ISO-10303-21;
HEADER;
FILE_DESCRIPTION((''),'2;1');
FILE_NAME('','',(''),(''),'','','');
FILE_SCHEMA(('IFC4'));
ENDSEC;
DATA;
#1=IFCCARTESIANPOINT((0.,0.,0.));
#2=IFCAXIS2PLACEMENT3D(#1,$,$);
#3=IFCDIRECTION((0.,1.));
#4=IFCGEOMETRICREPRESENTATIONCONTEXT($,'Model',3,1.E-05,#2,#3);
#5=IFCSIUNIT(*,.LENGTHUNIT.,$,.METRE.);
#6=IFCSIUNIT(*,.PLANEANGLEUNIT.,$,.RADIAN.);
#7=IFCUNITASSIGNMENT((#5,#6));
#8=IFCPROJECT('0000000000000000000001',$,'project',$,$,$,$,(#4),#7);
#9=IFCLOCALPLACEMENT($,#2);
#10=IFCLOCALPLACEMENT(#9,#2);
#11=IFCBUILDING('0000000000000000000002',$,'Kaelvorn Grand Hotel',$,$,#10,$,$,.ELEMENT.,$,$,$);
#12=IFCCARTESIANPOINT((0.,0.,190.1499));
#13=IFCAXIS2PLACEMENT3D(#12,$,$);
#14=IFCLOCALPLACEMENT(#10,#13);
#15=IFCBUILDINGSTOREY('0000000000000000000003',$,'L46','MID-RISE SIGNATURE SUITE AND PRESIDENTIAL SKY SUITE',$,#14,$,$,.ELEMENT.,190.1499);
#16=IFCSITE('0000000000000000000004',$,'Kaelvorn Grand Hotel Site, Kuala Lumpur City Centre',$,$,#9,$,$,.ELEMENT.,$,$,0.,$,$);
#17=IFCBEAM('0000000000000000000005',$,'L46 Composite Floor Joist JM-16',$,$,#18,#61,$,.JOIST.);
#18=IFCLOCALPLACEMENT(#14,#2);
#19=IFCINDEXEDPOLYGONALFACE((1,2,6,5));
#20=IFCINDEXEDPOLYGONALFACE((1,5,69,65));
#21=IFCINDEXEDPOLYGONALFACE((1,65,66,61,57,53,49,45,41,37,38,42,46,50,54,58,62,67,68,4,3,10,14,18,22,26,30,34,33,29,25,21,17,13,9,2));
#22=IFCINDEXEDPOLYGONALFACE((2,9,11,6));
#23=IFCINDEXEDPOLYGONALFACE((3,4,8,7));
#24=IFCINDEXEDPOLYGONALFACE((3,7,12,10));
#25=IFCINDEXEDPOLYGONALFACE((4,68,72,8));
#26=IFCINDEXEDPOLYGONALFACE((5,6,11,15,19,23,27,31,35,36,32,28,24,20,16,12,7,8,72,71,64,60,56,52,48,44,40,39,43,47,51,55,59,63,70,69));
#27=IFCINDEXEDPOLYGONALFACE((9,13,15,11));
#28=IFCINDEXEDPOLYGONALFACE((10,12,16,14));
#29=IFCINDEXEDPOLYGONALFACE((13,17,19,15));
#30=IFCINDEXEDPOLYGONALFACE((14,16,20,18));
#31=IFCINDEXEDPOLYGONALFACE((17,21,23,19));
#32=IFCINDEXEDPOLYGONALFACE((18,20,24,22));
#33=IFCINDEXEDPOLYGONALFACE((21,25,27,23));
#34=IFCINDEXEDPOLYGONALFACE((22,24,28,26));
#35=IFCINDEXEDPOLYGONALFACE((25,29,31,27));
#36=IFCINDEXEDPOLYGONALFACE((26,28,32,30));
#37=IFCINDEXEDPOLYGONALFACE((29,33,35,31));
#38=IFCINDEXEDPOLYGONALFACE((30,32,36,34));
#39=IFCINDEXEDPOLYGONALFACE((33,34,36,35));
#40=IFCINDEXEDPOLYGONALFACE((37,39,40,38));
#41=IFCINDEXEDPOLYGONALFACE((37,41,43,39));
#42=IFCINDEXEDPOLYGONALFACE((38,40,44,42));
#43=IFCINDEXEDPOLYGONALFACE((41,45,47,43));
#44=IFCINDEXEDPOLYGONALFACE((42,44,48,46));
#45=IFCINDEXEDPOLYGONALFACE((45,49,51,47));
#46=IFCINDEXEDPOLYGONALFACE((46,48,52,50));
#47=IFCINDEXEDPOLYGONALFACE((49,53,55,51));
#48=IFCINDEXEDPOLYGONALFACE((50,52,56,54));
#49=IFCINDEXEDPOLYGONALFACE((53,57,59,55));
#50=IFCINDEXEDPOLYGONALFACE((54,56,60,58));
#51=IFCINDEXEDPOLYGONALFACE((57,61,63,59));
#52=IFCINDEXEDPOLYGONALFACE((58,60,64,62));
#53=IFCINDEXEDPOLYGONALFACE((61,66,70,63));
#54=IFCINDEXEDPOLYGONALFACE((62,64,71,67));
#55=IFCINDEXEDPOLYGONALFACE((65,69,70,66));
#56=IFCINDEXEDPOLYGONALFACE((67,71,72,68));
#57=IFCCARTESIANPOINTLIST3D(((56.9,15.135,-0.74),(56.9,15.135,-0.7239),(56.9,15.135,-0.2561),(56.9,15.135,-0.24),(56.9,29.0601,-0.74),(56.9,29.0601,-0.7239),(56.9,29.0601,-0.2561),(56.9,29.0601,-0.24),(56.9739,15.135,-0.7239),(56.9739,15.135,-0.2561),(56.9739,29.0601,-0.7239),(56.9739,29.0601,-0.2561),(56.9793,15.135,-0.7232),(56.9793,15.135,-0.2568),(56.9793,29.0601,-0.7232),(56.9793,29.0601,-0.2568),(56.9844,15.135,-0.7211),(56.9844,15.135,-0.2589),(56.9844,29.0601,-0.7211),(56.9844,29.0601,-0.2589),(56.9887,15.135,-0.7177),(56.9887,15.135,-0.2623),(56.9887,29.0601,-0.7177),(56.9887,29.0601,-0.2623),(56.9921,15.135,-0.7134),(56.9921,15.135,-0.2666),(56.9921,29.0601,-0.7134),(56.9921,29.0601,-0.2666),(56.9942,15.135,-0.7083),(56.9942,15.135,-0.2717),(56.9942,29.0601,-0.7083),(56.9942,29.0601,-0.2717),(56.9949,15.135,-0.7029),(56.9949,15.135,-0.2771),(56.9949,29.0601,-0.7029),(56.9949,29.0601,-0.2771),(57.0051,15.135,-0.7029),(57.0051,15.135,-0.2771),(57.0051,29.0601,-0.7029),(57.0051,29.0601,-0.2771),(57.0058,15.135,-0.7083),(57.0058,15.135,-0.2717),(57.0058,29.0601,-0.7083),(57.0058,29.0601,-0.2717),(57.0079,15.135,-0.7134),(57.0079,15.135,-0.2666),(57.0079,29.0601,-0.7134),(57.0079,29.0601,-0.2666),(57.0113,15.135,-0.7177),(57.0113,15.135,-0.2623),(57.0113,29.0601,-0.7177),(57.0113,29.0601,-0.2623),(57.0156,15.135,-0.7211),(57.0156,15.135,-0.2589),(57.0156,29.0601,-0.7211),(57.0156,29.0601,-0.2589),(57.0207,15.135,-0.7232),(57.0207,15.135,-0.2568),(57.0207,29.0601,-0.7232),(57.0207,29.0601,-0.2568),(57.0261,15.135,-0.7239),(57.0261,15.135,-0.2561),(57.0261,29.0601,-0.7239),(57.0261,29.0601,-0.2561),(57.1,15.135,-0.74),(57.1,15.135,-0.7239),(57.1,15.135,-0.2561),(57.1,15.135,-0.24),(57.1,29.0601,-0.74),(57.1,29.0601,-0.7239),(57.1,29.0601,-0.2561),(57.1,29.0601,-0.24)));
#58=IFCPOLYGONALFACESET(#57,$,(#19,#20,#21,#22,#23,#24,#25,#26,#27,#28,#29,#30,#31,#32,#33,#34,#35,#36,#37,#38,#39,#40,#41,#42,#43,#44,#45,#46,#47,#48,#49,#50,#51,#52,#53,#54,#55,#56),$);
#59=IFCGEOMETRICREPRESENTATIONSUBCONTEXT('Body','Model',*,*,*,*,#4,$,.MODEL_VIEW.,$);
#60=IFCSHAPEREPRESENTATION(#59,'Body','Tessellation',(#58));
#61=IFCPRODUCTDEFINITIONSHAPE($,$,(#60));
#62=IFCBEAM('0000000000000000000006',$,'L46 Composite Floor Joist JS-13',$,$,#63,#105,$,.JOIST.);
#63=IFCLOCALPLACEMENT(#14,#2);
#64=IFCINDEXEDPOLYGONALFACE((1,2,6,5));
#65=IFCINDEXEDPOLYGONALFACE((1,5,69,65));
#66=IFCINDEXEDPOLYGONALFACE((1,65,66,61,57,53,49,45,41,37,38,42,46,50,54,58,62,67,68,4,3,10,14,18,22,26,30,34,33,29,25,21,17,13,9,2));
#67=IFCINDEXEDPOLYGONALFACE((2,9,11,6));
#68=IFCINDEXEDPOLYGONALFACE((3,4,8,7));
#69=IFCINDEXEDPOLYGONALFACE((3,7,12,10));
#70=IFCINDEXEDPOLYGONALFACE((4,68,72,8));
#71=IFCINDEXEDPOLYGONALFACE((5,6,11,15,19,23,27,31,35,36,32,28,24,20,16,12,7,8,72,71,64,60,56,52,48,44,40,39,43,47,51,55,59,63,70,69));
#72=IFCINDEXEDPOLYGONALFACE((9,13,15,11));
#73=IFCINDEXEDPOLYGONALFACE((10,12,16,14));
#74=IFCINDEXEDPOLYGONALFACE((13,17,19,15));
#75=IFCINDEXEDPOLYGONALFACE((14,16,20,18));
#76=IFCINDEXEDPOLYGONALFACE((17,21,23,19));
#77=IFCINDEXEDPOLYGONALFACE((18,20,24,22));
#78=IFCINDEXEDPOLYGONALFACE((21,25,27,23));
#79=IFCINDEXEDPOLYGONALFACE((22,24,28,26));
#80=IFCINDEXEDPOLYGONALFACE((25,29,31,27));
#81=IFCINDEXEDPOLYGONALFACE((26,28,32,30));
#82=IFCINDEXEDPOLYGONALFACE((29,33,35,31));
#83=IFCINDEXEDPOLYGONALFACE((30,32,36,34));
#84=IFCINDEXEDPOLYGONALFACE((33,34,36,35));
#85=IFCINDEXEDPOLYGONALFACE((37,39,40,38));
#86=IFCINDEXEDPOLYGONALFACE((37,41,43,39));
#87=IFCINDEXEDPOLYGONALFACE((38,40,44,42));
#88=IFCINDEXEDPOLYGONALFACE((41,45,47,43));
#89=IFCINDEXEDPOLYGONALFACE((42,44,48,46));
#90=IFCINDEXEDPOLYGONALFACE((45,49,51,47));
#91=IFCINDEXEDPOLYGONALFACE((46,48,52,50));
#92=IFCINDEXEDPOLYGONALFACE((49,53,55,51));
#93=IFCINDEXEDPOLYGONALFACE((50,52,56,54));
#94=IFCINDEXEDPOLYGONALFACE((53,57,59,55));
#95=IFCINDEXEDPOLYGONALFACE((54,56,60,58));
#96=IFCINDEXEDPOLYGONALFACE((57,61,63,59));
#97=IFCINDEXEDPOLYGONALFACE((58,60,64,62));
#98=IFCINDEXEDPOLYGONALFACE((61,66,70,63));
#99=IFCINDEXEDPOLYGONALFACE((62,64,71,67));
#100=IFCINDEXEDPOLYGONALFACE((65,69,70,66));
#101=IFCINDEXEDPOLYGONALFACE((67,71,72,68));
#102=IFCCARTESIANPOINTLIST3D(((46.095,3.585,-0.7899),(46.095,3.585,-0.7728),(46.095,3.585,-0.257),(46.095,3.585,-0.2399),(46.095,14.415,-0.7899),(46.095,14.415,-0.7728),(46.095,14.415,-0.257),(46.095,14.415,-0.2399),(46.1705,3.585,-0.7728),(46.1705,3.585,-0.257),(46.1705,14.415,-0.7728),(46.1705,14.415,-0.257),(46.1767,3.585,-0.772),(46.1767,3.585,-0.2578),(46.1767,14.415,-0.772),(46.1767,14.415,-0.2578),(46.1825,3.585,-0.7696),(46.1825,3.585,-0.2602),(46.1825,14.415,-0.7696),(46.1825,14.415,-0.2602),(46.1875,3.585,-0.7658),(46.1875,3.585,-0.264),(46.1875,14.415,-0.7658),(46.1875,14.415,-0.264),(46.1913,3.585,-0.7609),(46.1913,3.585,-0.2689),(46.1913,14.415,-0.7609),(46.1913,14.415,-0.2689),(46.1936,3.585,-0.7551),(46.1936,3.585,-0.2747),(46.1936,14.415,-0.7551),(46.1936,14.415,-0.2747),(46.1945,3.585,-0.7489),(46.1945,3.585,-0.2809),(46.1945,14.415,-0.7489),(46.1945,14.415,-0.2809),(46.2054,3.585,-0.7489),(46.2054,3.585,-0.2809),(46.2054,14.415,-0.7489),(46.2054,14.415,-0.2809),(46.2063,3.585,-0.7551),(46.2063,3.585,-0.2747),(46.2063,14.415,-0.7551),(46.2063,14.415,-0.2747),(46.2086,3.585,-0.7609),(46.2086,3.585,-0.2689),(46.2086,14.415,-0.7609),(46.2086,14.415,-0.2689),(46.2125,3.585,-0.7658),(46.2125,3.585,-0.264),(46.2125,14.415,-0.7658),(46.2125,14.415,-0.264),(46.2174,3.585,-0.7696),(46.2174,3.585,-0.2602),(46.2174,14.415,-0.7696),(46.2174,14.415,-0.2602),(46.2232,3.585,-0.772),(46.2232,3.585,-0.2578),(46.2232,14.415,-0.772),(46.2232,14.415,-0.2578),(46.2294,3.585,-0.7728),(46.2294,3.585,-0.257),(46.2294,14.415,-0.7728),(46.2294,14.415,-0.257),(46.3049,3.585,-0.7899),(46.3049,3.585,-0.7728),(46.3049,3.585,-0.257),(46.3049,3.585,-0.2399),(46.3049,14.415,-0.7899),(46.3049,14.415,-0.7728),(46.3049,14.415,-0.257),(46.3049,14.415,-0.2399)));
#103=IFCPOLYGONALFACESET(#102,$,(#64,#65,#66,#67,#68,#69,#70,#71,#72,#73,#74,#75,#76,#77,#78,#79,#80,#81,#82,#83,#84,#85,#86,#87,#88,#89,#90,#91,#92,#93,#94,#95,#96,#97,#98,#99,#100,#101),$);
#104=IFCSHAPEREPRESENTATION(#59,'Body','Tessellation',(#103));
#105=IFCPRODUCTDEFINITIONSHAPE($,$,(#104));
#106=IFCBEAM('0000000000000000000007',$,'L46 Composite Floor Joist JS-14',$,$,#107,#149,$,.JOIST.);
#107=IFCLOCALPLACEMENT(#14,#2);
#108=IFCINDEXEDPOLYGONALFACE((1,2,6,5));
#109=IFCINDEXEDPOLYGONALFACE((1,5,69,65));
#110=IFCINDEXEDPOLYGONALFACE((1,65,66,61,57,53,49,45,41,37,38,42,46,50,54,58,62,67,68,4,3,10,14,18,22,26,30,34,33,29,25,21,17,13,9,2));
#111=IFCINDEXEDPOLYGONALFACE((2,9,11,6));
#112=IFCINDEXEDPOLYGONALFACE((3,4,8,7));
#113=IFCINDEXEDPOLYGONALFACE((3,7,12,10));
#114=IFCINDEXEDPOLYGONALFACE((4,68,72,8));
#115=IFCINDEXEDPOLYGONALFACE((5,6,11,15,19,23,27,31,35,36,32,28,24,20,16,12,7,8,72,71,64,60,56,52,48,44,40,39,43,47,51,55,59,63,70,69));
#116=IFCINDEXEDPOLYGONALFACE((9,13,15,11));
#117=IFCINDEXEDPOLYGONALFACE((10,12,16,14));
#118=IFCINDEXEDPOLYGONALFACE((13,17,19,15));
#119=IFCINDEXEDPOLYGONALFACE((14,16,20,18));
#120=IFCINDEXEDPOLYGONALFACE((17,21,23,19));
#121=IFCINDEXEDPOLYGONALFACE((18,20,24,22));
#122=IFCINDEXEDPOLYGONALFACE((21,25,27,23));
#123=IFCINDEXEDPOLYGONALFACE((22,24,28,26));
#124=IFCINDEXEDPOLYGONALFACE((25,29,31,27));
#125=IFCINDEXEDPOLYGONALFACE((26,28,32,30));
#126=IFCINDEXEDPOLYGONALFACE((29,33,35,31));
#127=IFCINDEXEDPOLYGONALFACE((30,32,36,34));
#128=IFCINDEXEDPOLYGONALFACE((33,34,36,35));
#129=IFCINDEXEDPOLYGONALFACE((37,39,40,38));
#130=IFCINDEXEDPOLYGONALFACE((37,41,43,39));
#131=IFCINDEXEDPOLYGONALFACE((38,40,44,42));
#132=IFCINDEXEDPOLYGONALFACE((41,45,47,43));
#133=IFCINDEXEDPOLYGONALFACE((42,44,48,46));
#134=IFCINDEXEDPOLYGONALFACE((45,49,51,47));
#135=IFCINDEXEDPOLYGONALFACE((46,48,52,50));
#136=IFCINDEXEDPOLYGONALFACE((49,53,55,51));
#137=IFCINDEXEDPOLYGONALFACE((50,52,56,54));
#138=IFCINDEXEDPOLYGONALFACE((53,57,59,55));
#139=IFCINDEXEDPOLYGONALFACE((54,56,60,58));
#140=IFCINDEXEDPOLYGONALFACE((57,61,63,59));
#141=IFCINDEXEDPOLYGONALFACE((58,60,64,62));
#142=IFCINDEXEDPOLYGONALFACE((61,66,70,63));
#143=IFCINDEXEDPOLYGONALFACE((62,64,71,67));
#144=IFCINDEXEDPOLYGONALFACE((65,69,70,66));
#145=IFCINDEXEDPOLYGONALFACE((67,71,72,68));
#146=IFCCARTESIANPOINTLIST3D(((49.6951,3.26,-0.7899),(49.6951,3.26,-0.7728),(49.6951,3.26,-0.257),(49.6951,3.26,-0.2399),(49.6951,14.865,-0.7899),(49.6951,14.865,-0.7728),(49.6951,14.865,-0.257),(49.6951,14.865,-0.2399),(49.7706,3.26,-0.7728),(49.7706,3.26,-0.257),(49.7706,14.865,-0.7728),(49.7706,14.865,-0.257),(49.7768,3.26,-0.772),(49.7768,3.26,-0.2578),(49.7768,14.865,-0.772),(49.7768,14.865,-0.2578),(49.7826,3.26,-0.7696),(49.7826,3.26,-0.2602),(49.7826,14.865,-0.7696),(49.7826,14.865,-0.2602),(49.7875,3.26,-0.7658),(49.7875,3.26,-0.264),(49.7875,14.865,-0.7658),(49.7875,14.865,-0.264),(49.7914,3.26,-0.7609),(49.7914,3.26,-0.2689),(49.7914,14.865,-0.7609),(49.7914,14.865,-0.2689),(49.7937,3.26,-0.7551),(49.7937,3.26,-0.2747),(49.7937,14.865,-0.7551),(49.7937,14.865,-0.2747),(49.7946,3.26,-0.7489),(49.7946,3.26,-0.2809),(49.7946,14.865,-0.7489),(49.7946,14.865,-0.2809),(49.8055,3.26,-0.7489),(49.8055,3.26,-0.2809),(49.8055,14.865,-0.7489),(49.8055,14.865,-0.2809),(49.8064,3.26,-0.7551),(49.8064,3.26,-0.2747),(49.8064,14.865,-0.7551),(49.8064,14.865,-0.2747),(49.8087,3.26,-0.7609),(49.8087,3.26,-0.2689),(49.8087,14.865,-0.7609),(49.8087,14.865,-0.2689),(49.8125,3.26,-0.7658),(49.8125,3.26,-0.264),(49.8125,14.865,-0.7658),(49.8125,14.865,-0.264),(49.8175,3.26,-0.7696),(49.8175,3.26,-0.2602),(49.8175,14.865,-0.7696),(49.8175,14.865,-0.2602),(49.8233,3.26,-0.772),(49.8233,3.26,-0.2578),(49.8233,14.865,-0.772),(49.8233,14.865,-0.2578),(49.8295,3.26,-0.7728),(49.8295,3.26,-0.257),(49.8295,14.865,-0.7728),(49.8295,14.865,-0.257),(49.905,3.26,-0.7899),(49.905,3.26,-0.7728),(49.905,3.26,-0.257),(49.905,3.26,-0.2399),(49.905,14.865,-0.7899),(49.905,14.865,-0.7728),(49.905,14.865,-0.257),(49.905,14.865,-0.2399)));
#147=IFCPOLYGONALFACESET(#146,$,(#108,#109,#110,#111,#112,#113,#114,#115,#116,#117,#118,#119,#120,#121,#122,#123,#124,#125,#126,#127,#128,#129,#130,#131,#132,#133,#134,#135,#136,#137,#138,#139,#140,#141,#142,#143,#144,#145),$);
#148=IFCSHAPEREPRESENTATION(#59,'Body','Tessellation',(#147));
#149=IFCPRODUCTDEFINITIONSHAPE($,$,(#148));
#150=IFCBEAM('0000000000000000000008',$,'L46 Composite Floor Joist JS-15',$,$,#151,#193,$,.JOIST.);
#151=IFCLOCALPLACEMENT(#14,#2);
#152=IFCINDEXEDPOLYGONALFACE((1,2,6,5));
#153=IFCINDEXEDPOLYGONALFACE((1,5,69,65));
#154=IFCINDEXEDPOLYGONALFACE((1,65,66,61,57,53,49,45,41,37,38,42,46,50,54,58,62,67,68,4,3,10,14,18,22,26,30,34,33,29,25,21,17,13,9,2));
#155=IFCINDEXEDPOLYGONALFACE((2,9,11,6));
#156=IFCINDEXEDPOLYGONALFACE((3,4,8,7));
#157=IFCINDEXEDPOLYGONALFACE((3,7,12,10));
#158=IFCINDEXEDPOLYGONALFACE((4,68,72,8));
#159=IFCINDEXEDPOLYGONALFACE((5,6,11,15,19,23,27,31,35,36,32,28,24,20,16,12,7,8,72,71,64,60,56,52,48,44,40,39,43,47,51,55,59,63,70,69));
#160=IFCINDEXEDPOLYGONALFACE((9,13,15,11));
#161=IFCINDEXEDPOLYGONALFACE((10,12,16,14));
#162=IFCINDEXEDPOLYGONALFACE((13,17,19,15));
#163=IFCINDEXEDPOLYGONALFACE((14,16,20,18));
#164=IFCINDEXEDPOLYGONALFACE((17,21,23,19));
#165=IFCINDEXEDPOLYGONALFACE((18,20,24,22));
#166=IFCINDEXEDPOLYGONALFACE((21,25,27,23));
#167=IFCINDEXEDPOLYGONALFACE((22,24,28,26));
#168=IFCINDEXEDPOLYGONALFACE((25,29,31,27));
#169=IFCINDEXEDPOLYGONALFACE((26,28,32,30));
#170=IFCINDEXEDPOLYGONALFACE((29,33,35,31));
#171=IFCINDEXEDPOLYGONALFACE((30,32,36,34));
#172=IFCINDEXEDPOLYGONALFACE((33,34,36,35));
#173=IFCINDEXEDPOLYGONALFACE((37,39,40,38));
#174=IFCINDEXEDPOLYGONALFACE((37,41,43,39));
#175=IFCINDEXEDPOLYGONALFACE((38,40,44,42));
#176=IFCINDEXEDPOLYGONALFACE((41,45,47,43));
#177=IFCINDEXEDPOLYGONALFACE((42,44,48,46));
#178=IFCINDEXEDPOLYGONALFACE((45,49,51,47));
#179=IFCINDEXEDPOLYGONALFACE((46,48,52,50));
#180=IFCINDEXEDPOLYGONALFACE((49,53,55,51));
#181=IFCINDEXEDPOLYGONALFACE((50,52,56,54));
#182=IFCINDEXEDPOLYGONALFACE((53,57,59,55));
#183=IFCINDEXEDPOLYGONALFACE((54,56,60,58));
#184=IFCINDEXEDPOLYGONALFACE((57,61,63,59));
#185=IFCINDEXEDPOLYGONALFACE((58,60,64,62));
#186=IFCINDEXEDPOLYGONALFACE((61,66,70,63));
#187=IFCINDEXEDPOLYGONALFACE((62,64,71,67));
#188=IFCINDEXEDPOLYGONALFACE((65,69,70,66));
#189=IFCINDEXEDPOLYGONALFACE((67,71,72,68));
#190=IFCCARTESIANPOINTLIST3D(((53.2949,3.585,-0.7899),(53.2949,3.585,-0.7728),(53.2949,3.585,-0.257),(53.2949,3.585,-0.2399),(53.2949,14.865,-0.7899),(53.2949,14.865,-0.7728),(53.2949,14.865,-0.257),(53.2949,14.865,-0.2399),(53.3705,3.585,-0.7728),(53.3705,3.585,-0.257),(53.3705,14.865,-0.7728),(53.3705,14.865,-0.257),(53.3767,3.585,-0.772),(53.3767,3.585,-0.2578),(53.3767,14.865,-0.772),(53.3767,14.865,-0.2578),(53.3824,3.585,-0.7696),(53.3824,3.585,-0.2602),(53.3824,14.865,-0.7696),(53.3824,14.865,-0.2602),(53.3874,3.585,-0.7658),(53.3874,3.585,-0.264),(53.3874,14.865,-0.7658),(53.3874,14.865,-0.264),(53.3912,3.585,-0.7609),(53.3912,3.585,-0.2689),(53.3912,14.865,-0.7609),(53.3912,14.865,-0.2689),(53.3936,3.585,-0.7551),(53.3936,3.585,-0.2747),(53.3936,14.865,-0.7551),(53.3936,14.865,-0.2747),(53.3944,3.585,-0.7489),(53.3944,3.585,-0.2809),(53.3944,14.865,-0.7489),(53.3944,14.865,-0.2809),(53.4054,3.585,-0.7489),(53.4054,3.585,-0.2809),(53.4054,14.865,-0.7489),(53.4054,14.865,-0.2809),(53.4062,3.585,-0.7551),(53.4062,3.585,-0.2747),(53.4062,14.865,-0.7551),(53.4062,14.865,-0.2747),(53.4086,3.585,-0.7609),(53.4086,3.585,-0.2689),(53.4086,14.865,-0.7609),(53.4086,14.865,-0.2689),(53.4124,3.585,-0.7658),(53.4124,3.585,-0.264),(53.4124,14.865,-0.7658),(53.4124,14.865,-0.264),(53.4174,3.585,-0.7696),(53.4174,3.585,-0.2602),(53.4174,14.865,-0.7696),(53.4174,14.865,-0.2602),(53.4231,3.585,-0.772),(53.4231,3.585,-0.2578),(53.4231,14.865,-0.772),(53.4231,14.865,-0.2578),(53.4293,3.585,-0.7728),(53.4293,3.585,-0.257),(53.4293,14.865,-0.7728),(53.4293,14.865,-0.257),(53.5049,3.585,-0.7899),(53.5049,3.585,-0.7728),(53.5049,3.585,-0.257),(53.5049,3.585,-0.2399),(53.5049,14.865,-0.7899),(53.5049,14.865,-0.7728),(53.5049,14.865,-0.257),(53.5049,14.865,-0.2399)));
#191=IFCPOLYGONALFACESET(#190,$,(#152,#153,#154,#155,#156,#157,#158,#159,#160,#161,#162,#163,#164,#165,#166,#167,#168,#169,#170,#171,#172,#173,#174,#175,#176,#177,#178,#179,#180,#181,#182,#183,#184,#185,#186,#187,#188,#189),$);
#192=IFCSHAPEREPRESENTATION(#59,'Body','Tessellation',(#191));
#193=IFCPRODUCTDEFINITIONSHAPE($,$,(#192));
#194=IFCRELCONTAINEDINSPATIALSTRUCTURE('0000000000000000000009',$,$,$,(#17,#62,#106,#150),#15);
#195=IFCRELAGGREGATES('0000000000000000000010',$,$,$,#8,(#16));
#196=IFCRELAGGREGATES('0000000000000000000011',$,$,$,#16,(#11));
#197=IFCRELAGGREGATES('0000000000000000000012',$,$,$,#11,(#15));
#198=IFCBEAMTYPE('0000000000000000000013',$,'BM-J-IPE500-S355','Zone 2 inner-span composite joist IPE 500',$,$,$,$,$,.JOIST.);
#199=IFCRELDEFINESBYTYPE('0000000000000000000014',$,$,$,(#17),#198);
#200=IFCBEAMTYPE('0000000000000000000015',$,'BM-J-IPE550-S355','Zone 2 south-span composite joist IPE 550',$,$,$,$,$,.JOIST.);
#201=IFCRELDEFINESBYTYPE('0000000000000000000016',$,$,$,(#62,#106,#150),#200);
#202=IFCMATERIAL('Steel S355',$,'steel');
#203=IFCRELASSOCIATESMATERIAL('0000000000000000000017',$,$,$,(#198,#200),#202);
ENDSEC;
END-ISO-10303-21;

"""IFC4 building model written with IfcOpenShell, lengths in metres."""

from ifc_helpers import new_model, si_unit, direction, frame, origin, origin_2d, place, context, subcontext, project, spatial, i_section, extrude, material, material_profile, profile_set, type_object, element, save


model = new_model("IFC4")

# Units and contexts
model_context = context("Model", 3, precision=1e-05, world=origin(), true_north=direction((0.0, 1.0)))
body_context = subcontext(model_context, "Body", "Model", "MODEL_VIEW")
ifc_project = project(units=[si_unit("LENGTHUNIT", "METRE"), si_unit("PLANEANGLEUNIT", "RADIAN")], contexts=[model_context])

# Site, building, storey
site_placement = place(None, origin())
site = spatial("IfcSite", under=ifc_project, at=site_placement, Name="Kaelvorn Grand Hotel Site, Kuala Lumpur City Centre", CompositionType="ELEMENT", RefElevation=0.0)
building_placement = place(site_placement, origin())
building = spatial("IfcBuilding", under=site, at=building_placement, Name="Kaelvorn Grand Hotel", CompositionType="ELEMENT")
storey_placement = place(building_placement, frame((0.0, 0.0, 190.1499)))
storey = spatial("IfcBuildingStorey", under=building, at=storey_placement, Name="L46", Description="MID-RISE SIGNATURE SUITE AND PRESIDENTIAL SKY SUITE", CompositionType="ELEMENT", Elevation=190.1499)

# Beams
ifc_material_1 = material(Name="Steel S355", Category="steel")
ifc_material_profile_1 = material_profile(ifc_material_1, i_section(OverallWidth=0.2, OverallDepth=0.5, WebThickness=0.0103, FlangeThickness=0.0161, FilletRadius=0.021, at=origin_2d()), Name="IPE 500")
ifc_profile_set_1 = profile_set([ifc_material_profile_1], Name="Steel S355")
beam_type_1 = type_object("IfcBeamType", Name="BM-J-IPE500-S355", Description="Zone 2 inner-span composite joist IPE 500", PredefinedType="JOIST", material=ifc_profile_set_1)
beam_1_placement = place(storey_placement, frame((57.0, 15.135, -0.49), z_axis=(0.0, 1.0, 0.0), x_axis=(-1.0, 0.0, 0.0)))
element("IfcBeam", 1, at=beam_1_placement, inside=storey, type_object=beam_type_1, Name="L46 Composite Floor Joist JM-16", PredefinedType="JOIST", context=body_context, shape_type="SweptSolid", body=[
    extrude(i_section(OverallWidth=0.2, OverallDepth=0.5, WebThickness=0.0103, FlangeThickness=0.0161, FilletRadius=0.021, at=origin_2d()), origin(), (0.0, 0.0, 1.0), 13.925),
])
ifc_material_profile_2 = material_profile(ifc_material_1, i_section(OverallWidth=0.21, OverallDepth=0.55, WebThickness=0.011, FlangeThickness=0.0171, FilletRadius=0.0239, at=origin_2d()), Name="IPE 550")
ifc_profile_set_2 = profile_set([ifc_material_profile_2], Name="Steel S355")
beam_type_2 = type_object("IfcBeamType", Name="BM-J-IPE550-S355", Description="Zone 2 south-span composite joist IPE 550", PredefinedType="JOIST", material=ifc_profile_set_2)
beam_2_placement = place(storey_placement, frame((46.2, 3.585, -0.5149), z_axis=(0.0, 1.0, 0.0), x_axis=(-1.0, 0.0, 0.0)))
element("IfcBeam", 2, at=beam_2_placement, inside=storey, type_object=beam_type_2, Name="L46 Composite Floor Joist JS-13", PredefinedType="JOIST", context=body_context, shape_type="SweptSolid", body=[
    extrude(i_section(OverallWidth=0.21, OverallDepth=0.55, WebThickness=0.011, FlangeThickness=0.0171, FilletRadius=0.0239, at=origin_2d()), origin(), (0.0, 0.0, 1.0), 10.8301),
])
beam_3_placement = place(storey_placement, frame((49.8, 3.26, -0.5149), z_axis=(0.0, 1.0, 0.0), x_axis=(-1.0, 0.0, 0.0)))
element("IfcBeam", 3, at=beam_3_placement, inside=storey, type_object=beam_type_2, Name="L46 Composite Floor Joist JS-14", PredefinedType="JOIST", context=body_context, shape_type="SweptSolid", body=[
    extrude(i_section(OverallWidth=0.21, OverallDepth=0.55, WebThickness=0.011, FlangeThickness=0.0171, FilletRadius=0.0239, at=origin_2d()), origin(), (0.0, 0.0, 1.0), 11.605),
])
for number, where, z_axis, x_axis, name in (
    (4, (53.3999, 3.585, -0.5149), (0.0, 1.0, 0.0), (-1.0, 0.0, 0.0), "L46 Composite Floor Joist JS-15"),
):
    element("IfcBeam", number, at=place(storey_placement, frame(where, z_axis=z_axis, x_axis=x_axis)), inside=storey, type_object=beam_type_2, Name=name, PredefinedType="JOIST", context=body_context, shape_type="SweptSolid", body=[
        extrude(i_section(OverallWidth=0.21, OverallDepth=0.55, WebThickness=0.011, FlangeThickness=0.0171, FilletRadius=0.0239, at=origin_2d()), origin(), (0.0, 0.0, 1.0), 11.28),
    ])

save(model, "model.ifc")
